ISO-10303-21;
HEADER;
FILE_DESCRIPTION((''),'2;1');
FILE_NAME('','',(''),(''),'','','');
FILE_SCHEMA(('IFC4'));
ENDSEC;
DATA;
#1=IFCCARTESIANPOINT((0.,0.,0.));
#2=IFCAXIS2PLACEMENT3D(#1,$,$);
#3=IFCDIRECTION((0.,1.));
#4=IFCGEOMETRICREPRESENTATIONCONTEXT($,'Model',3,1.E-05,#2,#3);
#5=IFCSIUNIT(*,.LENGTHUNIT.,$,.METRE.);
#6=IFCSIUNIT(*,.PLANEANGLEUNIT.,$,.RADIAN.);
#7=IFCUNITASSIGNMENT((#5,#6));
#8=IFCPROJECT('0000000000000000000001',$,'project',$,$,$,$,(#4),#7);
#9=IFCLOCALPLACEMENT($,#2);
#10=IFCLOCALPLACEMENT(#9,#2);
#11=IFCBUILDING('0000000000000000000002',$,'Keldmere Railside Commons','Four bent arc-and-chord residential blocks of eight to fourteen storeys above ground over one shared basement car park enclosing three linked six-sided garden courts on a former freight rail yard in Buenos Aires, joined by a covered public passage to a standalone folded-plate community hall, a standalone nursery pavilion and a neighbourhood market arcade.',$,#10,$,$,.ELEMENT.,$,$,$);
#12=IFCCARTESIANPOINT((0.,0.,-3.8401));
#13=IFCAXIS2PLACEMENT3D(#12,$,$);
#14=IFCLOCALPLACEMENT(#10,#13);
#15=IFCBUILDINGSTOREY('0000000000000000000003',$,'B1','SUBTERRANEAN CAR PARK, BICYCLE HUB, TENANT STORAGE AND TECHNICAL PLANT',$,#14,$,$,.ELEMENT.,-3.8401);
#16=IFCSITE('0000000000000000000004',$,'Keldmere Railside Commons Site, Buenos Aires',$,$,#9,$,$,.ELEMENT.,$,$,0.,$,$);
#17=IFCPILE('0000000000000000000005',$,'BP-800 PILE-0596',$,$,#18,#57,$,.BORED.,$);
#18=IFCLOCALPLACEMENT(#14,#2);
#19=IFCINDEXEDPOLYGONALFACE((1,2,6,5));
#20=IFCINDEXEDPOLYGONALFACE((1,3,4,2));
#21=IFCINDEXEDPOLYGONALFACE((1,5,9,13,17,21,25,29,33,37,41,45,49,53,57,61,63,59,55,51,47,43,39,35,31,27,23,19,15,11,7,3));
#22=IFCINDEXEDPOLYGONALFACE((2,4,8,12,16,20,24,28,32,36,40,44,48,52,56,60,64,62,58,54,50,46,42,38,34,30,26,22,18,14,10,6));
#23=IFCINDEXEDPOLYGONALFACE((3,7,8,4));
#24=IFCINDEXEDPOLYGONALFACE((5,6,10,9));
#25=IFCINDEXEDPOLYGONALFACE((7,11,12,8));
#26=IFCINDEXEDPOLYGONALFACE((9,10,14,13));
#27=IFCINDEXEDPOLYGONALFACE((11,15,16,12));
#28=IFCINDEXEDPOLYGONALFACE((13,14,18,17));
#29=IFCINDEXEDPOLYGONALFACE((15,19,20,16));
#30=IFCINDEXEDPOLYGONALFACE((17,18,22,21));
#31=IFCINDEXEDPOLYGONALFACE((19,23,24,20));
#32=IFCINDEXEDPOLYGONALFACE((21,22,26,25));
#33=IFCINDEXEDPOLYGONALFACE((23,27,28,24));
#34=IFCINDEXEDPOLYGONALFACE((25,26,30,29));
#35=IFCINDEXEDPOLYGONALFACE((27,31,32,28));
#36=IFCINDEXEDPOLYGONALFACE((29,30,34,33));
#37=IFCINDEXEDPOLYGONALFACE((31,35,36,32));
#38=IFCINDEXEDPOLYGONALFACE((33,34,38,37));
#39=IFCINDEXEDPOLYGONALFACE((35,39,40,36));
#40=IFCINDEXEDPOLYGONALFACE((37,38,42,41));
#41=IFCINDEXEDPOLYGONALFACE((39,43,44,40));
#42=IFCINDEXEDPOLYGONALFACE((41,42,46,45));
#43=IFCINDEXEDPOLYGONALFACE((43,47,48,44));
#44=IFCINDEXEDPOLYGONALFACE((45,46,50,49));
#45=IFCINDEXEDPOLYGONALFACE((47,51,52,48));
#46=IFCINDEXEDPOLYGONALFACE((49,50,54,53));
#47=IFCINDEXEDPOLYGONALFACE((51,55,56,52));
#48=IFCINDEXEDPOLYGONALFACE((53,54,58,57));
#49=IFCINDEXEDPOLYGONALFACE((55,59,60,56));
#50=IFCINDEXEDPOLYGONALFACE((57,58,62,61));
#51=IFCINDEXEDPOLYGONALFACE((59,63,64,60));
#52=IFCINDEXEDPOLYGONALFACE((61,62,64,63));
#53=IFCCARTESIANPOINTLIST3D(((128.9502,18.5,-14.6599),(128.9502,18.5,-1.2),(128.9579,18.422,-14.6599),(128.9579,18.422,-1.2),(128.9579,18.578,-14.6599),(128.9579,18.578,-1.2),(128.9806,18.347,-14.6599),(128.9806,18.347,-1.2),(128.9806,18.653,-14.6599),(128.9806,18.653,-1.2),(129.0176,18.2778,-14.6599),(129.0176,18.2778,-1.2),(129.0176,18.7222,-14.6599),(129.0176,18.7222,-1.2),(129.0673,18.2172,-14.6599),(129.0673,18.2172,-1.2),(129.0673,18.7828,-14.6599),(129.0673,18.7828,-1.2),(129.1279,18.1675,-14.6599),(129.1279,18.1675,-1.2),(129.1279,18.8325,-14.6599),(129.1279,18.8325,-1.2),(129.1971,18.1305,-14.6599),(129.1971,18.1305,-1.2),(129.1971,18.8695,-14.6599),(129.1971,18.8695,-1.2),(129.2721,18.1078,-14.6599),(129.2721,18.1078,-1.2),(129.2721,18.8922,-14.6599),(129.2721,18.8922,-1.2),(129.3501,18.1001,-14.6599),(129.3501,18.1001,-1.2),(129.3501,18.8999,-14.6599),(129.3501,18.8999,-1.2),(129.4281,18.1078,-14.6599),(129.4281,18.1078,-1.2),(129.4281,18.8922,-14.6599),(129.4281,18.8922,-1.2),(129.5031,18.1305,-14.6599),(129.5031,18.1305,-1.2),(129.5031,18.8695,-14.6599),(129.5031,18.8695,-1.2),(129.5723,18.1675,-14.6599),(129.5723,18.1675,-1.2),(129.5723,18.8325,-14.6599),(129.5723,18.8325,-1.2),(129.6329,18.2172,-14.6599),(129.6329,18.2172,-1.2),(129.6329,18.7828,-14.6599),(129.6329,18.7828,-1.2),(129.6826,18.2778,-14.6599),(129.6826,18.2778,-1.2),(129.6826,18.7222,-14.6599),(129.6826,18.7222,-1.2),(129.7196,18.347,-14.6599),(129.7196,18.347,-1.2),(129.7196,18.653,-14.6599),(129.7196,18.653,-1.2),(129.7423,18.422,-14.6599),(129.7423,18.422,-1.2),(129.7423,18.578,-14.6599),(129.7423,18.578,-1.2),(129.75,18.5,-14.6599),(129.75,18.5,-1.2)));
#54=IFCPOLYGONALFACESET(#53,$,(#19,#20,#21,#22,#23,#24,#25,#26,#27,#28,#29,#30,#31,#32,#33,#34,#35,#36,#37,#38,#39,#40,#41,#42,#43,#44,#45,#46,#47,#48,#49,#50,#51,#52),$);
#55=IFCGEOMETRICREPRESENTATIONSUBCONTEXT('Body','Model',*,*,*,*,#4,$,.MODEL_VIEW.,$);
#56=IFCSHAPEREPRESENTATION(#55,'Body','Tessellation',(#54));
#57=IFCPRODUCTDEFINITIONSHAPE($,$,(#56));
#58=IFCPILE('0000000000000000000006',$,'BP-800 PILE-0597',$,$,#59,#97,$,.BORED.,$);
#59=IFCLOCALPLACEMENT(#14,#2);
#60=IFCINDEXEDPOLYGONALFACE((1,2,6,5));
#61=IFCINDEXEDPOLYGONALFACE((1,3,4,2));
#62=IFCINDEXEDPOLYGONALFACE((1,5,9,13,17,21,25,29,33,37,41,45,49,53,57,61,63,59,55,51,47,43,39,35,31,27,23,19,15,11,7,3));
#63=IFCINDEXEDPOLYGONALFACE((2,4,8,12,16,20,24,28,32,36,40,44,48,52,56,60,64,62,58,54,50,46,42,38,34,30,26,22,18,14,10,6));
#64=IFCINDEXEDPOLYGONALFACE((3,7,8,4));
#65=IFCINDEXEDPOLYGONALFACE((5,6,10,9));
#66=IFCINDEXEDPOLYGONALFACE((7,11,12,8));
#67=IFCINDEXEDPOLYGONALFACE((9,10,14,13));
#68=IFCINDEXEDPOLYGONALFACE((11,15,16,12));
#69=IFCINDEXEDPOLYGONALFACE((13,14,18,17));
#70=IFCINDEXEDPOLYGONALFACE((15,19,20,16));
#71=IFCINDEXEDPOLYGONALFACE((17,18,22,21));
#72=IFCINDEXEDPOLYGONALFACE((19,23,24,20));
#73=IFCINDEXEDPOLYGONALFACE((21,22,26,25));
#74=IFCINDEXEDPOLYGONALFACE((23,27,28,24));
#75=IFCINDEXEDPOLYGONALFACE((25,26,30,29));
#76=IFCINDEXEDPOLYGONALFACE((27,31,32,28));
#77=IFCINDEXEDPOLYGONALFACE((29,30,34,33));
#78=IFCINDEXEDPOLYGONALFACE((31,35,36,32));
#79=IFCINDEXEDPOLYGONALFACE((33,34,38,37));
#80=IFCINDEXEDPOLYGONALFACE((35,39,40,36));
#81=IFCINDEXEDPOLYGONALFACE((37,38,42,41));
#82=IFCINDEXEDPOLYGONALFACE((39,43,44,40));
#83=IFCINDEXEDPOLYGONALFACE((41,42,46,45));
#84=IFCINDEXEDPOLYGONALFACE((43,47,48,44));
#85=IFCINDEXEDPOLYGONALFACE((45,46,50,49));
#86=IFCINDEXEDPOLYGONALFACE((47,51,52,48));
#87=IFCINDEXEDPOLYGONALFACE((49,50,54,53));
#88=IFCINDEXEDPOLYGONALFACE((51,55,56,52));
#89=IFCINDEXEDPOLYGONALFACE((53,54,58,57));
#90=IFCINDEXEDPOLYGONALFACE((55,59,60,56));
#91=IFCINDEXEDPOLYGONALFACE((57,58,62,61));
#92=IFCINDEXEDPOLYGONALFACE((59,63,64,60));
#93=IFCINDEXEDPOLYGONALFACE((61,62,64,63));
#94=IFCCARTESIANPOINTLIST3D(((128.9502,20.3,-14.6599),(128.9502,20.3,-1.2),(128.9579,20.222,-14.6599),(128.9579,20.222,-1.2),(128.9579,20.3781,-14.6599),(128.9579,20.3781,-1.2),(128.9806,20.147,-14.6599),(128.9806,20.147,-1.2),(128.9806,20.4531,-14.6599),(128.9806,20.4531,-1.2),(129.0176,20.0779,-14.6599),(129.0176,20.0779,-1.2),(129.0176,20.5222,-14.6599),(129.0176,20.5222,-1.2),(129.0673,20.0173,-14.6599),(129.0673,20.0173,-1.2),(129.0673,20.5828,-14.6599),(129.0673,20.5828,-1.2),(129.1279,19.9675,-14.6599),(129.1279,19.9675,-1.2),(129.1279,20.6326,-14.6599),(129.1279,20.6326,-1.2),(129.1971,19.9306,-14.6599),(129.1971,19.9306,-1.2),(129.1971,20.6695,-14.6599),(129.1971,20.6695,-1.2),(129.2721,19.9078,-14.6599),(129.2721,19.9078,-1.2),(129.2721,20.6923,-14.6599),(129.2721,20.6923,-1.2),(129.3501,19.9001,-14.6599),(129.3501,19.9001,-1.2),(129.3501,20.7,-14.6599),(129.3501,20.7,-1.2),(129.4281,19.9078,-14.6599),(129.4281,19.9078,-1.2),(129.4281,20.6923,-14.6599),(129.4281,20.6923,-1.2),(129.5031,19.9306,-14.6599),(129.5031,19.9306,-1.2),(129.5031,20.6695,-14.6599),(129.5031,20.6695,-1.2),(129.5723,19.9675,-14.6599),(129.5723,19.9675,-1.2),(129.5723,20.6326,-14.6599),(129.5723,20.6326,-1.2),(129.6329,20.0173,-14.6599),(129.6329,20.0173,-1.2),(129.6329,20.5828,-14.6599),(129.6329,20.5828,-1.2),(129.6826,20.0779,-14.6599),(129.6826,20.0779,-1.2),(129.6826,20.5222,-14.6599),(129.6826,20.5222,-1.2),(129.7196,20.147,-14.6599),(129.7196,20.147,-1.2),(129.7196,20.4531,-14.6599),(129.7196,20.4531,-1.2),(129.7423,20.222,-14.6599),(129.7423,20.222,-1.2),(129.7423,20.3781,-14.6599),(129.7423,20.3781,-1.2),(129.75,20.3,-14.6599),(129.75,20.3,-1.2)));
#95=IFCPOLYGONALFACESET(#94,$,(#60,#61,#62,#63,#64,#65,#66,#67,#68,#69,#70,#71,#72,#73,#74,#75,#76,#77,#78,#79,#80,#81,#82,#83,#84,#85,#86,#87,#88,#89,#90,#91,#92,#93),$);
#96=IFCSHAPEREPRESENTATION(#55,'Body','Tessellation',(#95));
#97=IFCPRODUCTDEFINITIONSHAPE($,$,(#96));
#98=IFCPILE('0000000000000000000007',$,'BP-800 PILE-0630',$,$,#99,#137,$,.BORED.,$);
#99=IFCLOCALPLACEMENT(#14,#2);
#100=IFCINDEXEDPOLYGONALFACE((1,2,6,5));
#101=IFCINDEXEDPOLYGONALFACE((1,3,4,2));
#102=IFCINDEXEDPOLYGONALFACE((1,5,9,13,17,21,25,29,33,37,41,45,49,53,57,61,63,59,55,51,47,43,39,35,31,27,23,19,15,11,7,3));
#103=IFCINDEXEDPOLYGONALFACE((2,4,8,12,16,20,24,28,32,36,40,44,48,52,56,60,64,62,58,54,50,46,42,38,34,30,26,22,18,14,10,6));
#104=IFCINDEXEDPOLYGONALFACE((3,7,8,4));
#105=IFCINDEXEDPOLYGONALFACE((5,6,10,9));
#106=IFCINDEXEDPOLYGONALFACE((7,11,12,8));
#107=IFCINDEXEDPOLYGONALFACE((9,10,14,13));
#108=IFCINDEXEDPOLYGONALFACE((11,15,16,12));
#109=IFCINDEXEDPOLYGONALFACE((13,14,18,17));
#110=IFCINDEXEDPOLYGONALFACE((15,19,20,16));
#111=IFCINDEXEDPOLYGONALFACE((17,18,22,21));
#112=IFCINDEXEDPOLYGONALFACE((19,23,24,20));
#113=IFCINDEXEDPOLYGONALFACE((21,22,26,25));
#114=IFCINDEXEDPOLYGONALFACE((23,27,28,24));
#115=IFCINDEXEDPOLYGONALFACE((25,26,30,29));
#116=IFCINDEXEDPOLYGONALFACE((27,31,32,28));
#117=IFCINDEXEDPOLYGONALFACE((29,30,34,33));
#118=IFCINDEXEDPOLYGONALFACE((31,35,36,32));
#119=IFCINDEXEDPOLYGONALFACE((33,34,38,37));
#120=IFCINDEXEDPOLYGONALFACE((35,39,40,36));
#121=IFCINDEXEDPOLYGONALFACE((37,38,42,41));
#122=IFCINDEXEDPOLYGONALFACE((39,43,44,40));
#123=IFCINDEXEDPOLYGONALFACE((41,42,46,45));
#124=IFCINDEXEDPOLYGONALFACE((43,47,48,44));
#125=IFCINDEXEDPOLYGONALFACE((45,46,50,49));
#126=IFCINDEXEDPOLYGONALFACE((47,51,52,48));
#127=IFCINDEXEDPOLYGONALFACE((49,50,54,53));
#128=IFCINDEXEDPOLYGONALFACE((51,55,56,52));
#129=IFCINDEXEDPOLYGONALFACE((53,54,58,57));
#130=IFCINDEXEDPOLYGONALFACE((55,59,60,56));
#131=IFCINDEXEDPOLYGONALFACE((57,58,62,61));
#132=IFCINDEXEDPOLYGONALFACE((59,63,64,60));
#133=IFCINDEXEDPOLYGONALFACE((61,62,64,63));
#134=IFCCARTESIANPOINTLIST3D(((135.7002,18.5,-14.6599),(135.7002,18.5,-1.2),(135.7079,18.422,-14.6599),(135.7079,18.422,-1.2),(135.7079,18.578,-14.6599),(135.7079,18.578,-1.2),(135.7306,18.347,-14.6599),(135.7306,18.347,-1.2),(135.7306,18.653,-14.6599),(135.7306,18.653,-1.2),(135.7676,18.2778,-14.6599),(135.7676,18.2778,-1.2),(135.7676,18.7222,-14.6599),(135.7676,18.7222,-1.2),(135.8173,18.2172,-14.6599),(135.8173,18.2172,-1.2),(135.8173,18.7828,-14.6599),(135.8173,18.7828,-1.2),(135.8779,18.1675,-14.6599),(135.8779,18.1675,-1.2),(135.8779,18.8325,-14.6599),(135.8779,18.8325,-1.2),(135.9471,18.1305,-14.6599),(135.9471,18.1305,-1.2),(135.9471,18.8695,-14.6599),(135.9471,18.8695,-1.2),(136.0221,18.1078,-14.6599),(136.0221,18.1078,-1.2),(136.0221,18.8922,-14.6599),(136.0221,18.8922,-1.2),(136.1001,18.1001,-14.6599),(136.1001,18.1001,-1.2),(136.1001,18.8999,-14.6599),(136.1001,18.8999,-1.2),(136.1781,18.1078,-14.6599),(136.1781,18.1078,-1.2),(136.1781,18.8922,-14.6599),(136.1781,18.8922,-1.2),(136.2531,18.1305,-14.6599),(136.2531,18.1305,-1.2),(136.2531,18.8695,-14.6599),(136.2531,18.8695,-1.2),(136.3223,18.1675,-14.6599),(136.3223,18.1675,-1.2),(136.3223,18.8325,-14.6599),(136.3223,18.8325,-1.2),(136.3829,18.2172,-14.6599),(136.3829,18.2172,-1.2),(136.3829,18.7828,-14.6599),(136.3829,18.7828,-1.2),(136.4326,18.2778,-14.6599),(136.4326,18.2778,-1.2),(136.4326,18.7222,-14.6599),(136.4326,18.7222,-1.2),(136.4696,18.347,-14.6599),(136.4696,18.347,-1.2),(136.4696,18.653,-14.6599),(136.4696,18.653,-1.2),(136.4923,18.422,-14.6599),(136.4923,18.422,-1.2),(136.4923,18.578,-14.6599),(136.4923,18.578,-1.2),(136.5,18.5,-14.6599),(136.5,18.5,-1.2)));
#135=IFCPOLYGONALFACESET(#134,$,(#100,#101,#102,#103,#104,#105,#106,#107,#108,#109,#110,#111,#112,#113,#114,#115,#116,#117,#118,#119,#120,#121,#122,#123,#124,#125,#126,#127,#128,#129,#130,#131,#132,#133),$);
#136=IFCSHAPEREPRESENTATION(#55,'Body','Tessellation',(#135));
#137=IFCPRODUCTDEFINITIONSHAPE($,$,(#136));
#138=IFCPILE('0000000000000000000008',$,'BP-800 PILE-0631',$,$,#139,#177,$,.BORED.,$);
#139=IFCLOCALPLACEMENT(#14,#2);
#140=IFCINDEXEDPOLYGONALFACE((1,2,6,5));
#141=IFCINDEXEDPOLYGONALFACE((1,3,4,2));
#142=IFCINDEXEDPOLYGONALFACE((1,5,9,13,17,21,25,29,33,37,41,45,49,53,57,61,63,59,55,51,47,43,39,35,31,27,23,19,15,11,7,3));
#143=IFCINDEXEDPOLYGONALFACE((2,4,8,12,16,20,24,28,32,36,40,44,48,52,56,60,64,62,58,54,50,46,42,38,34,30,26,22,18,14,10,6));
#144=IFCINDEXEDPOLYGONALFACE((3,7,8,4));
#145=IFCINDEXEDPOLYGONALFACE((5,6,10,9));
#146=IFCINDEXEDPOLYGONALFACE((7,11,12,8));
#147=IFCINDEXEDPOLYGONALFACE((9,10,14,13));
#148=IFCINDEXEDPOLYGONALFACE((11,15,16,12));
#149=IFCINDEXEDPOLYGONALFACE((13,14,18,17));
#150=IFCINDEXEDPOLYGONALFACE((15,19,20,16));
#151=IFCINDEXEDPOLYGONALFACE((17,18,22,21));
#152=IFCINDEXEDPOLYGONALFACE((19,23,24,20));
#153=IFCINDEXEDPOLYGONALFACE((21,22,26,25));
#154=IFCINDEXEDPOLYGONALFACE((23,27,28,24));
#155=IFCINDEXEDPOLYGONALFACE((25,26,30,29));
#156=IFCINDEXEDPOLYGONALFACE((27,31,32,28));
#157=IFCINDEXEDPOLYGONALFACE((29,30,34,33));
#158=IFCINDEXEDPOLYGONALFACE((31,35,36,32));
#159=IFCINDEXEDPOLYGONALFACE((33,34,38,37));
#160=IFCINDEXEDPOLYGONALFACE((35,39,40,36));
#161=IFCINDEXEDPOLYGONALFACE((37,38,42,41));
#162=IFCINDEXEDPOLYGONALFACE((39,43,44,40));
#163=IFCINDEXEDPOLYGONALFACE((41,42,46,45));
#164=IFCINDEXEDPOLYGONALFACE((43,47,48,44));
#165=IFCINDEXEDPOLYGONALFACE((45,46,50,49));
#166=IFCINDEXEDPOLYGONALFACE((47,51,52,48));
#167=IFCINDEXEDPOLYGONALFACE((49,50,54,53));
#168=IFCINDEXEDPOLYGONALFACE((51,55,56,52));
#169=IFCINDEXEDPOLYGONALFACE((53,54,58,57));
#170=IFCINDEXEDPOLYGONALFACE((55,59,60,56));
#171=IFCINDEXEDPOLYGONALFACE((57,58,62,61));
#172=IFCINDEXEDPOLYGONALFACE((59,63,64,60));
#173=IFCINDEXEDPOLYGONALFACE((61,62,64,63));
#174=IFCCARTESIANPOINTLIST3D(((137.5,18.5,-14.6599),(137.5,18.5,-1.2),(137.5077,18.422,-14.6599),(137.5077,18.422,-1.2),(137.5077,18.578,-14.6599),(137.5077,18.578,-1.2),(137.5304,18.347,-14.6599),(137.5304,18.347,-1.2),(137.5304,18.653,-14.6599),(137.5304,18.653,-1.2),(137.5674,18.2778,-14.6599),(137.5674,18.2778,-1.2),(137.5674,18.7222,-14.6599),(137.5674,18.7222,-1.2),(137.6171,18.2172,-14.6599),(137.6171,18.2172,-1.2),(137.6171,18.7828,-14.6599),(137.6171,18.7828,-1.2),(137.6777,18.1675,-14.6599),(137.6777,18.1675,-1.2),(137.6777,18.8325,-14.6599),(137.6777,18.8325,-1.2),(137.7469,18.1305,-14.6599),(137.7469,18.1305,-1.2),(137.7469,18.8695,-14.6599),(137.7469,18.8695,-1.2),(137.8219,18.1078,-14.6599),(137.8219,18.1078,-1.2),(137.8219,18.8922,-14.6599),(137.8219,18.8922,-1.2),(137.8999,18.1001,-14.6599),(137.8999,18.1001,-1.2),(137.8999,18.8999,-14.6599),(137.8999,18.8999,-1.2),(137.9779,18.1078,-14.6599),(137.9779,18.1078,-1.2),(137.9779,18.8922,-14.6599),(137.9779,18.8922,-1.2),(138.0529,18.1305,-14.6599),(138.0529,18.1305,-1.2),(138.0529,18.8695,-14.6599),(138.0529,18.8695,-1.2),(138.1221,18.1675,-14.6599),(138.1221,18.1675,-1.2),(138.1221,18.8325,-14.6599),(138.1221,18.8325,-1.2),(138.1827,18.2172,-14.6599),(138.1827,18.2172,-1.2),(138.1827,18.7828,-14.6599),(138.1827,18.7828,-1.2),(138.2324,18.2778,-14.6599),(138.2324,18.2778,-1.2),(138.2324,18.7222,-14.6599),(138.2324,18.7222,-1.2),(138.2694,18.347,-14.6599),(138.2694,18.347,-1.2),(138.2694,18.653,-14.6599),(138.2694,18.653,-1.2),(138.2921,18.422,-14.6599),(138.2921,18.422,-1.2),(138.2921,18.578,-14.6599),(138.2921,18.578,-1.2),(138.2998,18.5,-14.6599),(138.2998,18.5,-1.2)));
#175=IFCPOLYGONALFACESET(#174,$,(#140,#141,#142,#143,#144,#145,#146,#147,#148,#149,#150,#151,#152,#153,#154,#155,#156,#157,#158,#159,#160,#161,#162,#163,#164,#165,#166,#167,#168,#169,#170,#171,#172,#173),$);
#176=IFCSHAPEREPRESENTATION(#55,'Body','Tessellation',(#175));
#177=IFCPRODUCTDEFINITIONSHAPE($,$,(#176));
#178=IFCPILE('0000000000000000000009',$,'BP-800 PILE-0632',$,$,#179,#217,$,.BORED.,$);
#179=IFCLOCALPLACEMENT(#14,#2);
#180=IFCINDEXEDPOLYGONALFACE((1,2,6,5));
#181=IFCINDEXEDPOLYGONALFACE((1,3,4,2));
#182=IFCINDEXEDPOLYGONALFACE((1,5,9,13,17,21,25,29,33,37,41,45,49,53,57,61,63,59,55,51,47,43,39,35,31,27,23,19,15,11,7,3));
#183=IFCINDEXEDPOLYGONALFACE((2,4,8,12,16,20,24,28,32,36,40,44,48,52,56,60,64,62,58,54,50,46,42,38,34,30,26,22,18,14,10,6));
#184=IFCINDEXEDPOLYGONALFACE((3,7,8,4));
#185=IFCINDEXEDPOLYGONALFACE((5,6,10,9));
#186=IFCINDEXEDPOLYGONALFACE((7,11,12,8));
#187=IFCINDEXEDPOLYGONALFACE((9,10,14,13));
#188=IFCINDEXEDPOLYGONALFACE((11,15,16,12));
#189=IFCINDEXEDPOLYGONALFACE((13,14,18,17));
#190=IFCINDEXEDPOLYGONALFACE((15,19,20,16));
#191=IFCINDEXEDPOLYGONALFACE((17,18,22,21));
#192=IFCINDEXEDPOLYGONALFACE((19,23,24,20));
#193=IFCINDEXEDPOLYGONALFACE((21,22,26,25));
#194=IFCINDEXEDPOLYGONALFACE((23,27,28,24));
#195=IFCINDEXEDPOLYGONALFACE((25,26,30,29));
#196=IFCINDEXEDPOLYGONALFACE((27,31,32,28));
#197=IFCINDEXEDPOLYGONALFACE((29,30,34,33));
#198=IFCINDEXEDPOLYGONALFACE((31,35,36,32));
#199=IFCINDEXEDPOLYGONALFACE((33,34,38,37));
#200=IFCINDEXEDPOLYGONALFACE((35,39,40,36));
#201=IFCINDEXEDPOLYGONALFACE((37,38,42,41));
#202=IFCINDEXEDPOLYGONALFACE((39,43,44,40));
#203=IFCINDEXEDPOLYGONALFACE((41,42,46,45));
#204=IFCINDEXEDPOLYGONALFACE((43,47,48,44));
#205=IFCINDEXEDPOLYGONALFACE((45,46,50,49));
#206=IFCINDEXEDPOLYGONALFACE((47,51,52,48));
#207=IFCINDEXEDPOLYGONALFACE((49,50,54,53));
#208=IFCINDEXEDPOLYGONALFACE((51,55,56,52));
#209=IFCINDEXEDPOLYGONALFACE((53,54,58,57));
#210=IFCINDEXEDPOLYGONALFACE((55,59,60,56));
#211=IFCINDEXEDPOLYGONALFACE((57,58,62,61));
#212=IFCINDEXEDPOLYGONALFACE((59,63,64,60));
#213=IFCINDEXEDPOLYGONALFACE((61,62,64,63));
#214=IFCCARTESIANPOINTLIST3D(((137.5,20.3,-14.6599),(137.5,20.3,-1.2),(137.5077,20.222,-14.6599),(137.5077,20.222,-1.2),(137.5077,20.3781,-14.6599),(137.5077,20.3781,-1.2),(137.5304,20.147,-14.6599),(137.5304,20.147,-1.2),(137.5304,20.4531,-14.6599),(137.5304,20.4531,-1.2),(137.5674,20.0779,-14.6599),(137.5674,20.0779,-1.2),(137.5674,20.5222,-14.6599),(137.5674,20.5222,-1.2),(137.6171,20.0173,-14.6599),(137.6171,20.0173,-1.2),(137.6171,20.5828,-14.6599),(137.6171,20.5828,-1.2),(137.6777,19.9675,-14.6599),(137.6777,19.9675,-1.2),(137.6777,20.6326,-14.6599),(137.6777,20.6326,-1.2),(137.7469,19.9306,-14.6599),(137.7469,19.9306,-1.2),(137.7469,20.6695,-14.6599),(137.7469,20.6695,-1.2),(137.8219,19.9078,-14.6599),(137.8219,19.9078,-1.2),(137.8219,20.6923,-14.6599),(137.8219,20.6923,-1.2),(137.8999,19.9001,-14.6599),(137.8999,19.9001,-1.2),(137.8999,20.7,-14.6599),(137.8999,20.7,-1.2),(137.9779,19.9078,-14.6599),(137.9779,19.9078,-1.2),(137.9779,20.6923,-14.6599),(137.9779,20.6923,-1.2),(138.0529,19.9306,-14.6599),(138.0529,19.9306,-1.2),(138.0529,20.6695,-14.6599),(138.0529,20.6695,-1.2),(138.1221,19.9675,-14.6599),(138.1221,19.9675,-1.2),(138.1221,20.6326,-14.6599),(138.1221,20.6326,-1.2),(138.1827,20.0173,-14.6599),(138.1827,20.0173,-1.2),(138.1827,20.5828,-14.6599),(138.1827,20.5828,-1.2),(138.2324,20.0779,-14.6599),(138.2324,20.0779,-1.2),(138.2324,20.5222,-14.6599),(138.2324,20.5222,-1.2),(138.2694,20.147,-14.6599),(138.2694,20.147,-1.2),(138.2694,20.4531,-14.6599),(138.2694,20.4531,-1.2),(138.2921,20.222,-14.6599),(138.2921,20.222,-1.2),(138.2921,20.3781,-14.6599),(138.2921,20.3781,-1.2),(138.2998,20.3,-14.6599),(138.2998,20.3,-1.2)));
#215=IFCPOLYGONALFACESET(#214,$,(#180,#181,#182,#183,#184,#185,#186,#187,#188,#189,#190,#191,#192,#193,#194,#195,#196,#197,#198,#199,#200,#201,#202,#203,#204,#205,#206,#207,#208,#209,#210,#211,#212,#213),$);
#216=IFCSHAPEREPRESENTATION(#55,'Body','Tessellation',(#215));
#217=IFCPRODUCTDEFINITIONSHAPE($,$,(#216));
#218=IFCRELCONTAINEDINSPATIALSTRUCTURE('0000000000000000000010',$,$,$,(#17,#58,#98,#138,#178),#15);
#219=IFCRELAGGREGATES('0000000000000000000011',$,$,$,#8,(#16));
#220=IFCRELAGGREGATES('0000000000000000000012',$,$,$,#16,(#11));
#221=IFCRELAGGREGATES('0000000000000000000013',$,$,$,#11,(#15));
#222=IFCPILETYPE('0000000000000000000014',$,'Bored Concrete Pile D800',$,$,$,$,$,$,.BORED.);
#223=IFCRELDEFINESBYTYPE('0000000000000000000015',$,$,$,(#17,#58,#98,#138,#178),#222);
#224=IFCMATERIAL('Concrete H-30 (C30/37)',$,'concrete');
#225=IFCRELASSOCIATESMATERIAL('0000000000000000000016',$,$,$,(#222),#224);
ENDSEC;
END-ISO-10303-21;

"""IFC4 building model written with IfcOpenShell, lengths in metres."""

from ifc_helpers import new_model, si_unit, direction, frame, origin, origin_2d, place, context, subcontext, project, spatial, circle, extrude, material, material_profile, profile_set, type_object, element, save


model = new_model("IFC4")

# Units and contexts
model_context = context("Model", 3, precision=1e-05, world=origin(), true_north=direction((0.0, 1.0)))
body_context = subcontext(model_context, "Body", "Model", "MODEL_VIEW")
ifc_project = project(units=[si_unit("LENGTHUNIT", "METRE"), si_unit("PLANEANGLEUNIT", "RADIAN")], contexts=[model_context])

# Site, building, storey
site_placement = place(None, origin())
site = spatial("IfcSite", under=ifc_project, at=site_placement, Name="Keldmere Railside Commons Site, Buenos Aires", CompositionType="ELEMENT", RefElevation=0.0)
building_placement = place(site_placement, origin())
building = spatial("IfcBuilding", under=site, at=building_placement, Name="Keldmere Railside Commons", Description="Four bent arc-and-chord residential blocks of eight to fourteen storeys above ground over one shared basement car park enclosing three linked six-sided garden courts on a former freight rail yard in Buenos Aires, joined by a covered public passage to a standalone folded-plate community hall, a standalone nursery pavilion and a neighbourhood market arcade.", CompositionType="ELEMENT")
storey_placement = place(building_placement, frame((0.0, 0.0, -3.8401)))
storey = spatial("IfcBuildingStorey", under=building, at=storey_placement, Name="B1", Description="SUBTERRANEAN CAR PARK, BICYCLE HUB, TENANT STORAGE AND TECHNICAL PLANT", CompositionType="ELEMENT", Elevation=-3.8401)

# Piles
ifc_material_1 = material(Name="Concrete H-30 (C30/37)", Category="concrete")
ifc_material_profile_1 = material_profile(ifc_material_1, circle(Radius=0.3999, at=origin_2d()), Name="PILE-D800")
ifc_profile_set_1 = profile_set([ifc_material_profile_1], Name="Concrete H-30 (C30/37)")
pile_type = type_object("IfcPileType", Name="Bored Concrete Pile D800", PredefinedType="BORED", material=ifc_profile_set_1)
for number, where, z_axis, x_axis, name in (
    (1, (129.3501, 18.5, -1.2), (0.0, 0.0, -1.0), (1.0, 0.0, 0.0), "BP-800 PILE-0596"),
    (2, (129.3501, 20.3, -1.2), (0.0, 0.0, -1.0), (1.0, 0.0, 0.0), "BP-800 PILE-0597"),
    (3, (136.1001, 18.5, -1.2), (0.0, 0.0, -1.0), (1.0, 0.0, 0.0), "BP-800 PILE-0630"),
    (4, (137.8999, 18.5, -1.2), (0.0, 0.0, -1.0), (1.0, 0.0, 0.0), "BP-800 PILE-0631"),
    (5, (137.8999, 20.3, -1.2), (0.0, 0.0, -1.0), (1.0, 0.0, 0.0), "BP-800 PILE-0632"),
):
    element("IfcPile", number, at=place(storey_placement, frame(where, z_axis=z_axis, x_axis=x_axis)), inside=storey, type_object=pile_type, Name=name, PredefinedType="BORED", context=body_context, shape_type="SweptSolid", body=[
        extrude(circle(Radius=0.3999, at=origin_2d()), origin(), (0.0, 0.0, 1.0), 13.46),
    ])

save(model, "model.ifc")
